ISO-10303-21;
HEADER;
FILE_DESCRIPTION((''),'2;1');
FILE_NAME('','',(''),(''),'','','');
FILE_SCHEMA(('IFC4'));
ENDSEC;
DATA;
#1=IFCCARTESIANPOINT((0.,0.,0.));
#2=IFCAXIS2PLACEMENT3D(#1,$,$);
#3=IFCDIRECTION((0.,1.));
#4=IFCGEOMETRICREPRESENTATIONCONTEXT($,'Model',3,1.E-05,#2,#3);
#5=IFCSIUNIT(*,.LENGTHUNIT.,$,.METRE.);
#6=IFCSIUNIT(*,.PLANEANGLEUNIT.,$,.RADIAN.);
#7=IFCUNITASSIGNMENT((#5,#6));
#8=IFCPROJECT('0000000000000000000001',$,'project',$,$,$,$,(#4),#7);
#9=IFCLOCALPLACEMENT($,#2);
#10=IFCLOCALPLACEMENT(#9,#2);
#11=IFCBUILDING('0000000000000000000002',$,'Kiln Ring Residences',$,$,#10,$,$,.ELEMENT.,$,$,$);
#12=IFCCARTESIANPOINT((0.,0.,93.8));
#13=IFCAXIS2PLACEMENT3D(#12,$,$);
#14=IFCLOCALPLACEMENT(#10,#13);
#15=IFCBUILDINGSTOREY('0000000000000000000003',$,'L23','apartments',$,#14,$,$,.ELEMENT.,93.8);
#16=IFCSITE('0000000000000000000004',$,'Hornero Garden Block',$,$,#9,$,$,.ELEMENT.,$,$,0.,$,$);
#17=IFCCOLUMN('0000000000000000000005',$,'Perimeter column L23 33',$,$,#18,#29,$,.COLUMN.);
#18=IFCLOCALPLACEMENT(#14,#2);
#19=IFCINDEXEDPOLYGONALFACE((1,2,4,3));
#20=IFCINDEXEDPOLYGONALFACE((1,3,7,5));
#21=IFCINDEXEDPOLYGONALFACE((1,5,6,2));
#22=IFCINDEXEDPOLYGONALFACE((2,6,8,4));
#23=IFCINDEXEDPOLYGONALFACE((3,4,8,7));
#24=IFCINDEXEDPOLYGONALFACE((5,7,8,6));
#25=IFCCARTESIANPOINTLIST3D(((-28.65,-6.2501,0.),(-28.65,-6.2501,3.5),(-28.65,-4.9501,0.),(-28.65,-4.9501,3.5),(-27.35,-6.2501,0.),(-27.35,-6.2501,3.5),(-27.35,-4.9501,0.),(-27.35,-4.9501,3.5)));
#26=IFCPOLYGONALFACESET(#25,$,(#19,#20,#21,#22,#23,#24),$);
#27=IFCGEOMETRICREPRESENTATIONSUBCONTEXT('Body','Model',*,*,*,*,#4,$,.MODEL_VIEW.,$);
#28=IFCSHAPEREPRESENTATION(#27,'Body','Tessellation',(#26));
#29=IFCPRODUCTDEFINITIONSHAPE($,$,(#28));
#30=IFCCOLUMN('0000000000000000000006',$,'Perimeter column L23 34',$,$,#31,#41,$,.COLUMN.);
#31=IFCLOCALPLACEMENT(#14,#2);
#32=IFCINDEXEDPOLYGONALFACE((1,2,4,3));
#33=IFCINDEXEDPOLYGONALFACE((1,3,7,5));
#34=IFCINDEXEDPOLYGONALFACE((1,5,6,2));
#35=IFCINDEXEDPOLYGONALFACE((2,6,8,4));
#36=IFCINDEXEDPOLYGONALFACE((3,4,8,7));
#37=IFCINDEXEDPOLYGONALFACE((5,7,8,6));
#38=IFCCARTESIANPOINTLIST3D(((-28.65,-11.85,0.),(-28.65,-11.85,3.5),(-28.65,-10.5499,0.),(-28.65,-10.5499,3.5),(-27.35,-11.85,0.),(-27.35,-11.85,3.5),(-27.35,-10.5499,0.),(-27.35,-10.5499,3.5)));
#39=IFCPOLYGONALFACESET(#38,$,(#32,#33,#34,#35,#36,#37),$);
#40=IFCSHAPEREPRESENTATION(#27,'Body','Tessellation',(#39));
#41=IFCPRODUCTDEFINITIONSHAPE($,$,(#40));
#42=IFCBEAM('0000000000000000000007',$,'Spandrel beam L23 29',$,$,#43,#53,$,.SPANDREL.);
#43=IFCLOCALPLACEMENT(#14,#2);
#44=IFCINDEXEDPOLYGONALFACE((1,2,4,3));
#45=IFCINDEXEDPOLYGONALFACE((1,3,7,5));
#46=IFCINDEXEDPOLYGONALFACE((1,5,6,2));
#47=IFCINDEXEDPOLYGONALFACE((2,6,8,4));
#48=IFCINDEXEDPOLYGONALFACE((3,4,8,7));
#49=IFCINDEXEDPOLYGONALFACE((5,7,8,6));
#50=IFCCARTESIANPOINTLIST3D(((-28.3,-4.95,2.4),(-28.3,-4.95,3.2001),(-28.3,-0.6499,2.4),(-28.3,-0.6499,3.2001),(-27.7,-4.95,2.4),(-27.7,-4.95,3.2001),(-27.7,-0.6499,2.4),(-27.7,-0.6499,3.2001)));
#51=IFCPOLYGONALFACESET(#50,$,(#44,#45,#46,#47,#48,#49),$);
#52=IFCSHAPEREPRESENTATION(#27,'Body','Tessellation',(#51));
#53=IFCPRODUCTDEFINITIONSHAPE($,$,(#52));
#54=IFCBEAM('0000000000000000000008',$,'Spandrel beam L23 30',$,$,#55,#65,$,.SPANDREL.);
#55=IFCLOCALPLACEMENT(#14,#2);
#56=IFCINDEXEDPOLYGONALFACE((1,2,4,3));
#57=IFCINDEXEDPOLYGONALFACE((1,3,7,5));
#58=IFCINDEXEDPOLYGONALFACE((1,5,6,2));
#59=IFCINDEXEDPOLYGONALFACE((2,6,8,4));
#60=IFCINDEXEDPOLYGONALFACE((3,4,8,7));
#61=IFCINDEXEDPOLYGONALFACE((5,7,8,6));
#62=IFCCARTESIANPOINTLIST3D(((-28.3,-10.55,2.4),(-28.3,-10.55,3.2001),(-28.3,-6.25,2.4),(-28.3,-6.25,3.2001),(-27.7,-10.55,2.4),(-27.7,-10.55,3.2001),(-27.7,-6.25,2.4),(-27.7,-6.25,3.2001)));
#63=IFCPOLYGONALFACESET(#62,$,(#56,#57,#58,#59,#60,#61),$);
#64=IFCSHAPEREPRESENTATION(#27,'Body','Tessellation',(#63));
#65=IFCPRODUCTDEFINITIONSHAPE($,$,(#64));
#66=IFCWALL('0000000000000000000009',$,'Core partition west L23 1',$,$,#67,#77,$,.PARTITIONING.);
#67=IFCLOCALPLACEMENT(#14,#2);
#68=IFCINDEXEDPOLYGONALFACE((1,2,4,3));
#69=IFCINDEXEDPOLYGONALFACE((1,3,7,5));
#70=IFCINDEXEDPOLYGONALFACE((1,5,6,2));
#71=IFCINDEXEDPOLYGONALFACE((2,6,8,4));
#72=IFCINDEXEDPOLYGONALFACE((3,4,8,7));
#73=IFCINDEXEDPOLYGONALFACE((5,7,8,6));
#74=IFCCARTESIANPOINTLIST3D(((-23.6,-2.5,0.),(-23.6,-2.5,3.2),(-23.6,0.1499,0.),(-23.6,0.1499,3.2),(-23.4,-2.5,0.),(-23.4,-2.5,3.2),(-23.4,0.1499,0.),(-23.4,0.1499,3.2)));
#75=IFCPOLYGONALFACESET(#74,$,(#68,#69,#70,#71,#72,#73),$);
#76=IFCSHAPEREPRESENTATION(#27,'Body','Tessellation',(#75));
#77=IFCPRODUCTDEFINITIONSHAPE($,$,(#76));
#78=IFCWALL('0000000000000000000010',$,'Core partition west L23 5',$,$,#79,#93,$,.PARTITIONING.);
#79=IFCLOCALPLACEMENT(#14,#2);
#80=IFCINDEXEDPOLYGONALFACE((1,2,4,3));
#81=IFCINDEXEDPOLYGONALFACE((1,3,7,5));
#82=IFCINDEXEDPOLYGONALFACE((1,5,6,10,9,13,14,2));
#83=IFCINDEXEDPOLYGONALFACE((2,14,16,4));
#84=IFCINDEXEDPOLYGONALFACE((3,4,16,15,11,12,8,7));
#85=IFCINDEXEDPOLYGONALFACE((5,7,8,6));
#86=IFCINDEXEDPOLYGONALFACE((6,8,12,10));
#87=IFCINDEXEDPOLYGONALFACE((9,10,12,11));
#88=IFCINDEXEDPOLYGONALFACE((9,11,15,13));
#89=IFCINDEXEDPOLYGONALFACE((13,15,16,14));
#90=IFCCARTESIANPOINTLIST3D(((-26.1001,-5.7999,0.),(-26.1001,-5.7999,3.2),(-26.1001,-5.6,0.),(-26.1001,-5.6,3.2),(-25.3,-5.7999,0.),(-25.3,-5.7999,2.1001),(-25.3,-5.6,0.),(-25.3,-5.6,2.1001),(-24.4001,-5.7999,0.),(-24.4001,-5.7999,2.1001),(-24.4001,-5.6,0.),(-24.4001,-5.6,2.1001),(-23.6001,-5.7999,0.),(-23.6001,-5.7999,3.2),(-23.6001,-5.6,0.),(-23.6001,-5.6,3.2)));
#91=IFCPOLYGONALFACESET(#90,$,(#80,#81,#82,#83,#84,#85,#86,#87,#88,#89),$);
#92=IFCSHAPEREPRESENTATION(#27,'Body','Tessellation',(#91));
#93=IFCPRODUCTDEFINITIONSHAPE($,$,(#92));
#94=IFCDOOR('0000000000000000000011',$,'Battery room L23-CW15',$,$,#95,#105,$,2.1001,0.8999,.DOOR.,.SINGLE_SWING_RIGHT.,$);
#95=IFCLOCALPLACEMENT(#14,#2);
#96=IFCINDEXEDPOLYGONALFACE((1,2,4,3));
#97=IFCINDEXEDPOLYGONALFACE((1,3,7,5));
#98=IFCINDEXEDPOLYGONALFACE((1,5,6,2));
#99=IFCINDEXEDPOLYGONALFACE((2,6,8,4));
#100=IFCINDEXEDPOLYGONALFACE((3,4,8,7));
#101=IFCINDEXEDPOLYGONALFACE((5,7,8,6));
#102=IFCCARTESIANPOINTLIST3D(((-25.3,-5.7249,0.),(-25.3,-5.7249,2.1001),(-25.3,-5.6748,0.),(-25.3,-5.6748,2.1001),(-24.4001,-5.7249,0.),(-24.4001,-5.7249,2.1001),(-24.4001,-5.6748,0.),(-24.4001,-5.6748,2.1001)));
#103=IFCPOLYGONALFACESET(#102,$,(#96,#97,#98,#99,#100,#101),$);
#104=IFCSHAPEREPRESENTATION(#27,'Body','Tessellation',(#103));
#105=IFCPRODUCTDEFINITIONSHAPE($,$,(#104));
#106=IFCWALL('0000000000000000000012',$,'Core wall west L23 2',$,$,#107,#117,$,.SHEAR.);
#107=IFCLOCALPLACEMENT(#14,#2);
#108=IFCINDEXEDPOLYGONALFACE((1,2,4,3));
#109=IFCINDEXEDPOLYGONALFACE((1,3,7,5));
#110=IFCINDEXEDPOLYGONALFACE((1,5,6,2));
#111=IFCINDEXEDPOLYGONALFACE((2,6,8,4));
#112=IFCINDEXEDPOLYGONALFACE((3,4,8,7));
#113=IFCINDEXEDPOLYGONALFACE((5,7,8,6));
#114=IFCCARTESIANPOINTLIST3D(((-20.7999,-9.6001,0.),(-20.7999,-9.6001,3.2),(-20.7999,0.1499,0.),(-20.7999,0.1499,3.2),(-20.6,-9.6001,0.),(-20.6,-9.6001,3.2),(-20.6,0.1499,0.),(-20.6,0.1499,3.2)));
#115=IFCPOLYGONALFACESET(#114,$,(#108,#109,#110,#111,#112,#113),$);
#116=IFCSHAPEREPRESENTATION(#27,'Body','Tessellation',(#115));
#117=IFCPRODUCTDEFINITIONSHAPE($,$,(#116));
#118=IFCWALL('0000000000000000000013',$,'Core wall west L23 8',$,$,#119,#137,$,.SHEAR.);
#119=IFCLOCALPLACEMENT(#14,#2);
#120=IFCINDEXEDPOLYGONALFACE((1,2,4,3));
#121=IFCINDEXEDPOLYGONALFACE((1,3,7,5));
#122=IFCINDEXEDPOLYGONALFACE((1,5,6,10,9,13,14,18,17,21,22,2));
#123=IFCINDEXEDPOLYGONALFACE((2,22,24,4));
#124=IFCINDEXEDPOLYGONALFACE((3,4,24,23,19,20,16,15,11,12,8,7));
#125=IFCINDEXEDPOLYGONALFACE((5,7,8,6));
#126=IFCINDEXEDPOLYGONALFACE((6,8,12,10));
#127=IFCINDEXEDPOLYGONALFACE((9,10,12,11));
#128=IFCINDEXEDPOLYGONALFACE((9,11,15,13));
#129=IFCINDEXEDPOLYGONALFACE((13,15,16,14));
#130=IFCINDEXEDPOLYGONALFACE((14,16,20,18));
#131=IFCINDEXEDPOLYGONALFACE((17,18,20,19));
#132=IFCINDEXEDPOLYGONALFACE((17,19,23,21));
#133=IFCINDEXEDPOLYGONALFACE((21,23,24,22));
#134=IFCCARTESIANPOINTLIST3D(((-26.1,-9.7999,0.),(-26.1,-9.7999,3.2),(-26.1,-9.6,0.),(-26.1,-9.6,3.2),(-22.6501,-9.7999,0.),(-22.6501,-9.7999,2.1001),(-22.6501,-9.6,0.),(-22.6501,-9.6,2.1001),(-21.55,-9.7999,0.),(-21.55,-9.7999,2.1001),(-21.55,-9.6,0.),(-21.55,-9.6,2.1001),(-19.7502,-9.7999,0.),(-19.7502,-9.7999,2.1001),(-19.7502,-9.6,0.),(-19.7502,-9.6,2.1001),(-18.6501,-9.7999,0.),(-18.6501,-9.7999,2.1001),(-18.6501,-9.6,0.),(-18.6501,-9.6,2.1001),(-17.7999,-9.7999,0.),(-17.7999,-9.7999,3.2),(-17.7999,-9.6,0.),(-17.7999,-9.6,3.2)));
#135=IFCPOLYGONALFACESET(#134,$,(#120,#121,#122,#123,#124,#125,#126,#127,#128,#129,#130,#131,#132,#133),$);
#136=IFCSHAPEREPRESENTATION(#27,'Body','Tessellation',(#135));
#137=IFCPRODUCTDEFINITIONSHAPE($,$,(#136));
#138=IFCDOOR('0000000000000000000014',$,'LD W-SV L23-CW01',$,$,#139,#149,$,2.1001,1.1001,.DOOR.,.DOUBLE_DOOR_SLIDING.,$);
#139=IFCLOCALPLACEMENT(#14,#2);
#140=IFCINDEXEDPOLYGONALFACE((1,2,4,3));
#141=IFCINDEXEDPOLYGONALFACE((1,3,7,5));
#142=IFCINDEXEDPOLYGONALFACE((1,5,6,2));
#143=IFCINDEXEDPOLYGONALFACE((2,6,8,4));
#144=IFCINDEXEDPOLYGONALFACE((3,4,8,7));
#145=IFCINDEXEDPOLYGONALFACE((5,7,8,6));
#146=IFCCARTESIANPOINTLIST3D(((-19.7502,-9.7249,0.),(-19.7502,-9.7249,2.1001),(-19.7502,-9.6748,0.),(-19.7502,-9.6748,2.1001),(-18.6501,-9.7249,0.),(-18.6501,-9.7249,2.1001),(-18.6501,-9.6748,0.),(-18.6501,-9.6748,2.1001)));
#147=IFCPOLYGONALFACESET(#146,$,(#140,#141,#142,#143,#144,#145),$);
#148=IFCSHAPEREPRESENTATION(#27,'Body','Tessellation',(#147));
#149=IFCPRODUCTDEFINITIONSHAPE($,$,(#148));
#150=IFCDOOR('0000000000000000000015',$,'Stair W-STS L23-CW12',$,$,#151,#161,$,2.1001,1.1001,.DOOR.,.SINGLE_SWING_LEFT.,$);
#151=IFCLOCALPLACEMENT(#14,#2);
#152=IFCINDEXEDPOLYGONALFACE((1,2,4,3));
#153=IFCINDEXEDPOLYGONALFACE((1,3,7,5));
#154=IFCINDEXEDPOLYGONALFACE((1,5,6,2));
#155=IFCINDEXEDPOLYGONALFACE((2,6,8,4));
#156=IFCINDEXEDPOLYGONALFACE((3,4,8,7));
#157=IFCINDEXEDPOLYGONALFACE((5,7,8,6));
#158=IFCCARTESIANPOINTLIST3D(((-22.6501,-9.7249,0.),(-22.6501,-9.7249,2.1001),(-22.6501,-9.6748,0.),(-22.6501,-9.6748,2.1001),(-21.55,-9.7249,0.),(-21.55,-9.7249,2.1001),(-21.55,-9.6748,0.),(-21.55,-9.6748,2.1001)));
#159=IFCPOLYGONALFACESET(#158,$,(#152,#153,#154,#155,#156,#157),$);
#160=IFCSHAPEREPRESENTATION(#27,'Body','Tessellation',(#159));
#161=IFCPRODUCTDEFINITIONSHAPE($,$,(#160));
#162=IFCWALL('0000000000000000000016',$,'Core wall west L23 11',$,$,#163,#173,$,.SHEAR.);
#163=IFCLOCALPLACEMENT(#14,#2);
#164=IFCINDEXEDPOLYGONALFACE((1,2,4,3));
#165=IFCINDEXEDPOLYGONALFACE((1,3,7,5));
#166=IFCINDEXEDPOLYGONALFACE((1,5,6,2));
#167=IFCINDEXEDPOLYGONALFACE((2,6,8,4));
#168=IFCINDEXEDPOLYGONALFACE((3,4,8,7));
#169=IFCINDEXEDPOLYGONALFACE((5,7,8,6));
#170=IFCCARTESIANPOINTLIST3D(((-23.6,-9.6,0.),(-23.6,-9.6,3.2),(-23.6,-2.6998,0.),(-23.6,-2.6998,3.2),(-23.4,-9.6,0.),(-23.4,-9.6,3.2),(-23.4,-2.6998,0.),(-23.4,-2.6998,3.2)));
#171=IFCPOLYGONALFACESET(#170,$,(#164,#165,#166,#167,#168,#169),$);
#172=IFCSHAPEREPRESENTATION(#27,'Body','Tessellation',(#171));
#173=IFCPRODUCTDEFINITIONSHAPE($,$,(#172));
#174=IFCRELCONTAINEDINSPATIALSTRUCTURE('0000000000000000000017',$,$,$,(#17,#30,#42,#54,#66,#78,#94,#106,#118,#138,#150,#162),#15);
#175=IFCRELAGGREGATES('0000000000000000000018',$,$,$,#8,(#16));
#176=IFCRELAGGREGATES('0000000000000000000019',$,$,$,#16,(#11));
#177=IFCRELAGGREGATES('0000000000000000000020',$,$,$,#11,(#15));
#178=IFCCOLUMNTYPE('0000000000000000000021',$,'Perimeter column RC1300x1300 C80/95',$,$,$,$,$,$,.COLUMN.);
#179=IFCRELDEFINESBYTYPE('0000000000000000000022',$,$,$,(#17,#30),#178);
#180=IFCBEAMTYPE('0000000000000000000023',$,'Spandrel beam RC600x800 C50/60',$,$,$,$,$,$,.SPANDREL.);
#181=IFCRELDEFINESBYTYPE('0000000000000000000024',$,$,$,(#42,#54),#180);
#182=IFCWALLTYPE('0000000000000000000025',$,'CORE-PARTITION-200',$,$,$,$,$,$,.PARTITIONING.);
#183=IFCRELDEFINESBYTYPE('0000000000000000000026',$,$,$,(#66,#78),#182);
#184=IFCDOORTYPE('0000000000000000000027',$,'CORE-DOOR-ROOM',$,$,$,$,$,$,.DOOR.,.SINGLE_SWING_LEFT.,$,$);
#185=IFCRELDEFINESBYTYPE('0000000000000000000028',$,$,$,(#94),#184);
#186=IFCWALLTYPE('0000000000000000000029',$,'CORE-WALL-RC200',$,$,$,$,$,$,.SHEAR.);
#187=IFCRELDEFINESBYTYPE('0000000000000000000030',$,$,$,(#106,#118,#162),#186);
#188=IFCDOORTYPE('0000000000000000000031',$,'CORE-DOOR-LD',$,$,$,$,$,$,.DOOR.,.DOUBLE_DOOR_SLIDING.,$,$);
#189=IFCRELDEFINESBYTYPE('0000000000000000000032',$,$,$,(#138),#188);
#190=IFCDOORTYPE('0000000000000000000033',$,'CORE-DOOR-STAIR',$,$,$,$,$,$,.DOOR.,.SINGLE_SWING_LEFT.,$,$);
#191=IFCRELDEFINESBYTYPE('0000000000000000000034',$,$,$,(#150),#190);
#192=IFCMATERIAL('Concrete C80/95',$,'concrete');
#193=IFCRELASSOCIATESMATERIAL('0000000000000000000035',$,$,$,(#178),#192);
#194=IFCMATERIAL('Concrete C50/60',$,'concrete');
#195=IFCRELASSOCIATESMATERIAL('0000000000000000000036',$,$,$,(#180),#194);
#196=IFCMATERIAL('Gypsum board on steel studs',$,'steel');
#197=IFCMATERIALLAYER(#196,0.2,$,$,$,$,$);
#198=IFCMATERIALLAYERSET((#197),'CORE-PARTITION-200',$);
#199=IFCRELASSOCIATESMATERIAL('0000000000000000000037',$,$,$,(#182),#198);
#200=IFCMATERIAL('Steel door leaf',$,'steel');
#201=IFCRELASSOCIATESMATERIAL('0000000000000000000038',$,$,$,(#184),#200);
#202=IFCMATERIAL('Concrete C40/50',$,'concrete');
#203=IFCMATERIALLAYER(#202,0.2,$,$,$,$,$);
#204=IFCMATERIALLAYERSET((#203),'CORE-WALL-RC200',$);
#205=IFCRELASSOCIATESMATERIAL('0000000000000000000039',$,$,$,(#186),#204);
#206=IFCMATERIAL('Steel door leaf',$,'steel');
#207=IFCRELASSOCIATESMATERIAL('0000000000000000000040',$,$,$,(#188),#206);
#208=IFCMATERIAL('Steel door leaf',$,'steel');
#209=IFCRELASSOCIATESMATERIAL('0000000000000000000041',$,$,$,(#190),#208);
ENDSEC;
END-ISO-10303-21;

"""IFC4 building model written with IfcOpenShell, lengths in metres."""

from ifc_helpers import new_model, si_unit, direction, frame, frame_2d, origin, origin_2d, place, context, subcontext, project, spatial, rectangle, extrude, material, layer, layer_set, material_profile, profile_set, type_object, element, fill, save


model = new_model("IFC4")

# Units and contexts
model_context = context("Model", 3, precision=1e-05, world=origin(), true_north=direction((0.0, 1.0)))
body_context = subcontext(model_context, "Body", "Model", "MODEL_VIEW")
ifc_project = project(units=[si_unit("LENGTHUNIT", "METRE"), si_unit("PLANEANGLEUNIT", "RADIAN")], contexts=[model_context])

# Site, building, storey
site_placement = place(None, origin())
site = spatial("IfcSite", under=ifc_project, at=site_placement, Name="Hornero Garden Block", CompositionType="ELEMENT", RefElevation=0.0)
building_placement = place(site_placement, origin())
building = spatial("IfcBuilding", under=site, at=building_placement, Name="Kiln Ring Residences", CompositionType="ELEMENT")
storey_placement = place(building_placement, frame((0.0, 0.0, 93.8)))
storey = spatial("IfcBuildingStorey", under=building, at=storey_placement, Name="L23", Description="apartments", CompositionType="ELEMENT", Elevation=93.8)

# Columns
ifc_material_1 = material(Name="Concrete C80/95", Category="concrete")
ifc_material_profile_1 = material_profile(ifc_material_1, rectangle(XDim=1.3, YDim=1.3, at=origin_2d()), Name="RC1300x1300")
ifc_profile_set_1 = profile_set([ifc_material_profile_1], Name="Concrete C80/95")
column_type = type_object("IfcColumnType", Name="Perimeter column RC1300x1300 C80/95", PredefinedType="COLUMN", material=ifc_profile_set_1)
for number, where, z_axis, x_axis, name in (
    (1, (-28.0, -5.6001, 0.0), (0.0, 0.0, 1.0), (1.0, 0.0, 0.0), "Perimeter column L23 33"),
    (2, (-28.0, -11.2, 0.0), (0.0, 0.0, 1.0), (1.0, 0.0, 0.0), "Perimeter column L23 34"),
):
    element("IfcColumn", number, at=place(storey_placement, frame(where, z_axis=z_axis, x_axis=x_axis)), inside=storey, type_object=column_type, Name=name, PredefinedType="COLUMN", context=body_context, shape_type="SweptSolid", body=[
        extrude(rectangle(XDim=1.3, YDim=1.3, at=origin_2d()), origin(), (0.0, 0.0, 1.0), 3.5),
    ])

# Beams
ifc_material_2 = material(Name="Concrete C50/60", Category="concrete")
ifc_material_profile_2 = material_profile(ifc_material_2, rectangle(XDim=0.6001, YDim=0.8, at=origin_2d()), Name="RC600x800")
ifc_profile_set_2 = profile_set([ifc_material_profile_2], Name="Concrete C50/60")
beam_type = type_object("IfcBeamType", Name="Spandrel beam RC600x800 C50/60", PredefinedType="SPANDREL", material=ifc_profile_set_2)
for number, where, z_axis, x_axis, name in (
    (3, (-28.0, -0.6499, 2.8), (0.0, -1.0, 0.0), (1.0, 0.0, 0.0), "Spandrel beam L23 29"),
    (4, (-28.0, -6.25, 2.8), (0.0, -1.0, 0.0), (1.0, 0.0, 0.0), "Spandrel beam L23 30"),
):
    element("IfcBeam", number, at=place(storey_placement, frame(where, z_axis=z_axis, x_axis=x_axis)), inside=storey, type_object=beam_type, Name=name, PredefinedType="SPANDREL", context=body_context, shape_type="SweptSolid", body=[
        extrude(rectangle(XDim=0.6001, YDim=0.8, at=origin_2d()), origin(), (0.0, 0.0, 1.0), 4.3),
    ])

# Wall
ifc_material_3 = material(Name="Gypsum board on steel studs", Category="steel")
ifc_layer_1 = layer(ifc_material_3, 0.2)
ifc_layer_set_1 = layer_set([ifc_layer_1], Name="CORE-PARTITION-200")
wall_type_1 = type_object("IfcWallType", Name="CORE-PARTITION-200", PredefinedType="PARTITIONING", material=ifc_layer_set_1)
wall_1_placement = place(storey_placement, frame((-23.5, -2.5, 0.0), z_axis=(0.0, 0.0, 1.0), x_axis=(0.0, 1.0, 0.0)))
element("IfcWall", 5, at=wall_1_placement, inside=storey, type_object=wall_type_1, Name="Core partition west L23 1", PredefinedType="PARTITIONING", context=body_context, shape_type="SweptSolid", body=[
    extrude(rectangle(XDim=2.6499, YDim=0.2, at=frame_2d((1.325, 0.0))), origin(), (0.0, 0.0, 1.0), 3.2),
])

# Wall, opening, door
wall_2_placement = place(storey_placement, frame((-23.6001, -5.7, 0.0), z_axis=(0.0, 0.0, 1.0), x_axis=(-1.0, 0.0, 0.0)))
wall_2 = element("IfcWall", 6, at=wall_2_placement, inside=storey, type_object=wall_type_1, Name="Core partition west L23 5", PredefinedType="PARTITIONING", context=body_context, shape_type="SweptSolid", body=[
    extrude(rectangle(XDim=2.5, YDim=0.2, at=frame_2d((1.25, 0.0))), origin(), (0.0, 0.0, 1.0), 3.2),
])
opening_1_placement = place(wall_2_placement, frame((0.8, 0.0, 0.0)))
opening_1 = element("IfcOpeningElement", 7, at=opening_1_placement, cuts=wall_2, PredefinedType="OPENING", context=body_context, shape_type="SweptSolid", body=[
    extrude(rectangle(XDim=0.8999, YDim=2.1001, at=frame_2d((0.45, 1.05))), frame((0.0, 0.1099, 0.0), z_axis=(0.0, -1.0, 0.0), x_axis=(1.0, 0.0, 0.0)), (0.0, 0.0, 1.0), 0.22),
])
ifc_material_4 = material(Name="Steel door leaf", Category="steel")
door_type_1 = type_object("IfcDoorType", Name="CORE-DOOR-ROOM", OperationType="SINGLE_SWING_LEFT", PredefinedType="DOOR", material=ifc_material_4)
door_1_placement = place(opening_1_placement, origin())
door_1 = element("IfcDoor", 8, at=door_1_placement, inside=storey, type_object=door_type_1, Name="Battery room L23-CW15", OperationType="SINGLE_SWING_RIGHT", OverallHeight=2.1001, OverallWidth=0.8999, PredefinedType="DOOR", context=body_context, shape_type="SweptSolid", body=[
    extrude(rectangle(XDim=0.8999, YDim=2.1001, at=frame_2d((0.45, 1.05))), frame((0.0, 0.0249, 0.0), z_axis=(0.0, -1.0, 0.0), x_axis=(1.0, 0.0, 0.0)), (0.0, 0.0, 1.0), 0.05),
])
fill(opening_1, door_1)

# Wall
ifc_material_5 = material(Name="Concrete C40/50", Category="concrete")
ifc_layer_2 = layer(ifc_material_5, 0.2)
ifc_layer_set_2 = layer_set([ifc_layer_2], Name="CORE-WALL-RC200")
wall_type_2 = type_object("IfcWallType", Name="CORE-WALL-RC200", PredefinedType="SHEAR", material=ifc_layer_set_2)
wall_3_placement = place(storey_placement, frame((-20.7, -9.6001, 0.0), z_axis=(0.0, 0.0, 1.0), x_axis=(0.0, 1.0, 0.0)))
element("IfcWall", 9, at=wall_3_placement, inside=storey, type_object=wall_type_2, Name="Core wall west L23 2", PredefinedType="SHEAR", context=body_context, shape_type="SweptSolid", body=[
    extrude(rectangle(XDim=9.75, YDim=0.2, at=frame_2d((4.875, 0.0))), origin(), (0.0, 0.0, 1.0), 3.2),
])

# Wall, openings, doors
wall_4_placement = place(storey_placement, frame((-17.8, -9.7, 0.0), z_axis=(0.0, 0.0, 1.0), x_axis=(-1.0, 0.0, 0.0)))
wall_4 = element("IfcWall", 10, at=wall_4_placement, inside=storey, type_object=wall_type_2, Name="Core wall west L23 8", PredefinedType="SHEAR", context=body_context, shape_type="SweptSolid", body=[
    extrude(rectangle(XDim=8.3, YDim=0.2, at=frame_2d((4.1499, 0.0))), origin(), (0.0, 0.0, 1.0), 3.2),
])
opening_2_placement = place(wall_4_placement, frame((0.8501, 0.0, 0.0)))
opening_2 = element("IfcOpeningElement", 11, at=opening_2_placement, cuts=wall_4, PredefinedType="OPENING", context=body_context, shape_type="SweptSolid", body=[
    extrude(rectangle(XDim=1.1001, YDim=2.1001, at=frame_2d((0.55, 1.05))), frame((0.0, 0.1099, 0.0), z_axis=(0.0, -1.0, 0.0), x_axis=(1.0, 0.0, 0.0)), (0.0, 0.0, 1.0), 0.22),
])
opening_3_placement = place(wall_4_placement, frame((3.75, 0.0, 0.0)))
opening_3 = element("IfcOpeningElement", 12, at=opening_3_placement, cuts=wall_4, PredefinedType="OPENING", context=body_context, shape_type="SweptSolid", body=[
    extrude(rectangle(XDim=1.1001, YDim=2.1001, at=frame_2d((0.55, 1.05))), frame((0.0, 0.1099, 0.0), z_axis=(0.0, -1.0, 0.0), x_axis=(1.0, 0.0, 0.0)), (0.0, 0.0, 1.0), 0.22),
])
ifc_material_6 = material(Name="Steel door leaf", Category="steel")
door_type_2 = type_object("IfcDoorType", Name="CORE-DOOR-LD", OperationType="DOUBLE_DOOR_SLIDING", PredefinedType="DOOR", material=ifc_material_6)
door_2_placement = place(opening_2_placement, origin())
door_2 = element("IfcDoor", 13, at=door_2_placement, inside=storey, type_object=door_type_2, Name="LD W-SV L23-CW01", OperationType="DOUBLE_DOOR_SLIDING", OverallHeight=2.1001, OverallWidth=1.1001, PredefinedType="DOOR", context=body_context, shape_type="SweptSolid", body=[
    extrude(rectangle(XDim=1.1001, YDim=2.1001, at=frame_2d((0.55, 1.05))), frame((0.0, 0.0249, 0.0), z_axis=(0.0, -1.0, 0.0), x_axis=(1.0, 0.0, 0.0)), (0.0, 0.0, 1.0), 0.05),
])
fill(opening_2, door_2)
ifc_material_7 = material(Name="Steel door leaf", Category="steel")
door_type_3 = type_object("IfcDoorType", Name="CORE-DOOR-STAIR", OperationType="SINGLE_SWING_LEFT", PredefinedType="DOOR", material=ifc_material_7)
door_3_placement = place(opening_3_placement, origin())
door_3 = element("IfcDoor", 14, at=door_3_placement, inside=storey, type_object=door_type_3, Name="Stair W-STS L23-CW12", OperationType="SINGLE_SWING_LEFT", OverallHeight=2.1001, OverallWidth=1.1001, PredefinedType="DOOR", context=body_context, shape_type="SweptSolid", body=[
    extrude(rectangle(XDim=1.1001, YDim=2.1001, at=frame_2d((0.55, 1.05))), frame((0.0, 0.0249, 0.0), z_axis=(0.0, -1.0, 0.0), x_axis=(1.0, 0.0, 0.0)), (0.0, 0.0, 1.0), 0.05),
])
fill(opening_3, door_3)

# Wall
wall_5_placement = place(storey_placement, frame((-23.5, -9.6001, 0.0), z_axis=(0.0, 0.0, 1.0), x_axis=(0.0, 1.0, 0.0)))
element("IfcWall", 15, at=wall_5_placement, inside=storey, type_object=wall_type_2, Name="Core wall west L23 11", PredefinedType="SHEAR", context=body_context, shape_type="SweptSolid", body=[
    extrude(rectangle(XDim=6.9001, YDim=0.2, at=frame_2d((3.4502, 0.0))), origin(), (0.0, 0.0, 1.0), 3.2),
])

save(model, "model.ifc")
